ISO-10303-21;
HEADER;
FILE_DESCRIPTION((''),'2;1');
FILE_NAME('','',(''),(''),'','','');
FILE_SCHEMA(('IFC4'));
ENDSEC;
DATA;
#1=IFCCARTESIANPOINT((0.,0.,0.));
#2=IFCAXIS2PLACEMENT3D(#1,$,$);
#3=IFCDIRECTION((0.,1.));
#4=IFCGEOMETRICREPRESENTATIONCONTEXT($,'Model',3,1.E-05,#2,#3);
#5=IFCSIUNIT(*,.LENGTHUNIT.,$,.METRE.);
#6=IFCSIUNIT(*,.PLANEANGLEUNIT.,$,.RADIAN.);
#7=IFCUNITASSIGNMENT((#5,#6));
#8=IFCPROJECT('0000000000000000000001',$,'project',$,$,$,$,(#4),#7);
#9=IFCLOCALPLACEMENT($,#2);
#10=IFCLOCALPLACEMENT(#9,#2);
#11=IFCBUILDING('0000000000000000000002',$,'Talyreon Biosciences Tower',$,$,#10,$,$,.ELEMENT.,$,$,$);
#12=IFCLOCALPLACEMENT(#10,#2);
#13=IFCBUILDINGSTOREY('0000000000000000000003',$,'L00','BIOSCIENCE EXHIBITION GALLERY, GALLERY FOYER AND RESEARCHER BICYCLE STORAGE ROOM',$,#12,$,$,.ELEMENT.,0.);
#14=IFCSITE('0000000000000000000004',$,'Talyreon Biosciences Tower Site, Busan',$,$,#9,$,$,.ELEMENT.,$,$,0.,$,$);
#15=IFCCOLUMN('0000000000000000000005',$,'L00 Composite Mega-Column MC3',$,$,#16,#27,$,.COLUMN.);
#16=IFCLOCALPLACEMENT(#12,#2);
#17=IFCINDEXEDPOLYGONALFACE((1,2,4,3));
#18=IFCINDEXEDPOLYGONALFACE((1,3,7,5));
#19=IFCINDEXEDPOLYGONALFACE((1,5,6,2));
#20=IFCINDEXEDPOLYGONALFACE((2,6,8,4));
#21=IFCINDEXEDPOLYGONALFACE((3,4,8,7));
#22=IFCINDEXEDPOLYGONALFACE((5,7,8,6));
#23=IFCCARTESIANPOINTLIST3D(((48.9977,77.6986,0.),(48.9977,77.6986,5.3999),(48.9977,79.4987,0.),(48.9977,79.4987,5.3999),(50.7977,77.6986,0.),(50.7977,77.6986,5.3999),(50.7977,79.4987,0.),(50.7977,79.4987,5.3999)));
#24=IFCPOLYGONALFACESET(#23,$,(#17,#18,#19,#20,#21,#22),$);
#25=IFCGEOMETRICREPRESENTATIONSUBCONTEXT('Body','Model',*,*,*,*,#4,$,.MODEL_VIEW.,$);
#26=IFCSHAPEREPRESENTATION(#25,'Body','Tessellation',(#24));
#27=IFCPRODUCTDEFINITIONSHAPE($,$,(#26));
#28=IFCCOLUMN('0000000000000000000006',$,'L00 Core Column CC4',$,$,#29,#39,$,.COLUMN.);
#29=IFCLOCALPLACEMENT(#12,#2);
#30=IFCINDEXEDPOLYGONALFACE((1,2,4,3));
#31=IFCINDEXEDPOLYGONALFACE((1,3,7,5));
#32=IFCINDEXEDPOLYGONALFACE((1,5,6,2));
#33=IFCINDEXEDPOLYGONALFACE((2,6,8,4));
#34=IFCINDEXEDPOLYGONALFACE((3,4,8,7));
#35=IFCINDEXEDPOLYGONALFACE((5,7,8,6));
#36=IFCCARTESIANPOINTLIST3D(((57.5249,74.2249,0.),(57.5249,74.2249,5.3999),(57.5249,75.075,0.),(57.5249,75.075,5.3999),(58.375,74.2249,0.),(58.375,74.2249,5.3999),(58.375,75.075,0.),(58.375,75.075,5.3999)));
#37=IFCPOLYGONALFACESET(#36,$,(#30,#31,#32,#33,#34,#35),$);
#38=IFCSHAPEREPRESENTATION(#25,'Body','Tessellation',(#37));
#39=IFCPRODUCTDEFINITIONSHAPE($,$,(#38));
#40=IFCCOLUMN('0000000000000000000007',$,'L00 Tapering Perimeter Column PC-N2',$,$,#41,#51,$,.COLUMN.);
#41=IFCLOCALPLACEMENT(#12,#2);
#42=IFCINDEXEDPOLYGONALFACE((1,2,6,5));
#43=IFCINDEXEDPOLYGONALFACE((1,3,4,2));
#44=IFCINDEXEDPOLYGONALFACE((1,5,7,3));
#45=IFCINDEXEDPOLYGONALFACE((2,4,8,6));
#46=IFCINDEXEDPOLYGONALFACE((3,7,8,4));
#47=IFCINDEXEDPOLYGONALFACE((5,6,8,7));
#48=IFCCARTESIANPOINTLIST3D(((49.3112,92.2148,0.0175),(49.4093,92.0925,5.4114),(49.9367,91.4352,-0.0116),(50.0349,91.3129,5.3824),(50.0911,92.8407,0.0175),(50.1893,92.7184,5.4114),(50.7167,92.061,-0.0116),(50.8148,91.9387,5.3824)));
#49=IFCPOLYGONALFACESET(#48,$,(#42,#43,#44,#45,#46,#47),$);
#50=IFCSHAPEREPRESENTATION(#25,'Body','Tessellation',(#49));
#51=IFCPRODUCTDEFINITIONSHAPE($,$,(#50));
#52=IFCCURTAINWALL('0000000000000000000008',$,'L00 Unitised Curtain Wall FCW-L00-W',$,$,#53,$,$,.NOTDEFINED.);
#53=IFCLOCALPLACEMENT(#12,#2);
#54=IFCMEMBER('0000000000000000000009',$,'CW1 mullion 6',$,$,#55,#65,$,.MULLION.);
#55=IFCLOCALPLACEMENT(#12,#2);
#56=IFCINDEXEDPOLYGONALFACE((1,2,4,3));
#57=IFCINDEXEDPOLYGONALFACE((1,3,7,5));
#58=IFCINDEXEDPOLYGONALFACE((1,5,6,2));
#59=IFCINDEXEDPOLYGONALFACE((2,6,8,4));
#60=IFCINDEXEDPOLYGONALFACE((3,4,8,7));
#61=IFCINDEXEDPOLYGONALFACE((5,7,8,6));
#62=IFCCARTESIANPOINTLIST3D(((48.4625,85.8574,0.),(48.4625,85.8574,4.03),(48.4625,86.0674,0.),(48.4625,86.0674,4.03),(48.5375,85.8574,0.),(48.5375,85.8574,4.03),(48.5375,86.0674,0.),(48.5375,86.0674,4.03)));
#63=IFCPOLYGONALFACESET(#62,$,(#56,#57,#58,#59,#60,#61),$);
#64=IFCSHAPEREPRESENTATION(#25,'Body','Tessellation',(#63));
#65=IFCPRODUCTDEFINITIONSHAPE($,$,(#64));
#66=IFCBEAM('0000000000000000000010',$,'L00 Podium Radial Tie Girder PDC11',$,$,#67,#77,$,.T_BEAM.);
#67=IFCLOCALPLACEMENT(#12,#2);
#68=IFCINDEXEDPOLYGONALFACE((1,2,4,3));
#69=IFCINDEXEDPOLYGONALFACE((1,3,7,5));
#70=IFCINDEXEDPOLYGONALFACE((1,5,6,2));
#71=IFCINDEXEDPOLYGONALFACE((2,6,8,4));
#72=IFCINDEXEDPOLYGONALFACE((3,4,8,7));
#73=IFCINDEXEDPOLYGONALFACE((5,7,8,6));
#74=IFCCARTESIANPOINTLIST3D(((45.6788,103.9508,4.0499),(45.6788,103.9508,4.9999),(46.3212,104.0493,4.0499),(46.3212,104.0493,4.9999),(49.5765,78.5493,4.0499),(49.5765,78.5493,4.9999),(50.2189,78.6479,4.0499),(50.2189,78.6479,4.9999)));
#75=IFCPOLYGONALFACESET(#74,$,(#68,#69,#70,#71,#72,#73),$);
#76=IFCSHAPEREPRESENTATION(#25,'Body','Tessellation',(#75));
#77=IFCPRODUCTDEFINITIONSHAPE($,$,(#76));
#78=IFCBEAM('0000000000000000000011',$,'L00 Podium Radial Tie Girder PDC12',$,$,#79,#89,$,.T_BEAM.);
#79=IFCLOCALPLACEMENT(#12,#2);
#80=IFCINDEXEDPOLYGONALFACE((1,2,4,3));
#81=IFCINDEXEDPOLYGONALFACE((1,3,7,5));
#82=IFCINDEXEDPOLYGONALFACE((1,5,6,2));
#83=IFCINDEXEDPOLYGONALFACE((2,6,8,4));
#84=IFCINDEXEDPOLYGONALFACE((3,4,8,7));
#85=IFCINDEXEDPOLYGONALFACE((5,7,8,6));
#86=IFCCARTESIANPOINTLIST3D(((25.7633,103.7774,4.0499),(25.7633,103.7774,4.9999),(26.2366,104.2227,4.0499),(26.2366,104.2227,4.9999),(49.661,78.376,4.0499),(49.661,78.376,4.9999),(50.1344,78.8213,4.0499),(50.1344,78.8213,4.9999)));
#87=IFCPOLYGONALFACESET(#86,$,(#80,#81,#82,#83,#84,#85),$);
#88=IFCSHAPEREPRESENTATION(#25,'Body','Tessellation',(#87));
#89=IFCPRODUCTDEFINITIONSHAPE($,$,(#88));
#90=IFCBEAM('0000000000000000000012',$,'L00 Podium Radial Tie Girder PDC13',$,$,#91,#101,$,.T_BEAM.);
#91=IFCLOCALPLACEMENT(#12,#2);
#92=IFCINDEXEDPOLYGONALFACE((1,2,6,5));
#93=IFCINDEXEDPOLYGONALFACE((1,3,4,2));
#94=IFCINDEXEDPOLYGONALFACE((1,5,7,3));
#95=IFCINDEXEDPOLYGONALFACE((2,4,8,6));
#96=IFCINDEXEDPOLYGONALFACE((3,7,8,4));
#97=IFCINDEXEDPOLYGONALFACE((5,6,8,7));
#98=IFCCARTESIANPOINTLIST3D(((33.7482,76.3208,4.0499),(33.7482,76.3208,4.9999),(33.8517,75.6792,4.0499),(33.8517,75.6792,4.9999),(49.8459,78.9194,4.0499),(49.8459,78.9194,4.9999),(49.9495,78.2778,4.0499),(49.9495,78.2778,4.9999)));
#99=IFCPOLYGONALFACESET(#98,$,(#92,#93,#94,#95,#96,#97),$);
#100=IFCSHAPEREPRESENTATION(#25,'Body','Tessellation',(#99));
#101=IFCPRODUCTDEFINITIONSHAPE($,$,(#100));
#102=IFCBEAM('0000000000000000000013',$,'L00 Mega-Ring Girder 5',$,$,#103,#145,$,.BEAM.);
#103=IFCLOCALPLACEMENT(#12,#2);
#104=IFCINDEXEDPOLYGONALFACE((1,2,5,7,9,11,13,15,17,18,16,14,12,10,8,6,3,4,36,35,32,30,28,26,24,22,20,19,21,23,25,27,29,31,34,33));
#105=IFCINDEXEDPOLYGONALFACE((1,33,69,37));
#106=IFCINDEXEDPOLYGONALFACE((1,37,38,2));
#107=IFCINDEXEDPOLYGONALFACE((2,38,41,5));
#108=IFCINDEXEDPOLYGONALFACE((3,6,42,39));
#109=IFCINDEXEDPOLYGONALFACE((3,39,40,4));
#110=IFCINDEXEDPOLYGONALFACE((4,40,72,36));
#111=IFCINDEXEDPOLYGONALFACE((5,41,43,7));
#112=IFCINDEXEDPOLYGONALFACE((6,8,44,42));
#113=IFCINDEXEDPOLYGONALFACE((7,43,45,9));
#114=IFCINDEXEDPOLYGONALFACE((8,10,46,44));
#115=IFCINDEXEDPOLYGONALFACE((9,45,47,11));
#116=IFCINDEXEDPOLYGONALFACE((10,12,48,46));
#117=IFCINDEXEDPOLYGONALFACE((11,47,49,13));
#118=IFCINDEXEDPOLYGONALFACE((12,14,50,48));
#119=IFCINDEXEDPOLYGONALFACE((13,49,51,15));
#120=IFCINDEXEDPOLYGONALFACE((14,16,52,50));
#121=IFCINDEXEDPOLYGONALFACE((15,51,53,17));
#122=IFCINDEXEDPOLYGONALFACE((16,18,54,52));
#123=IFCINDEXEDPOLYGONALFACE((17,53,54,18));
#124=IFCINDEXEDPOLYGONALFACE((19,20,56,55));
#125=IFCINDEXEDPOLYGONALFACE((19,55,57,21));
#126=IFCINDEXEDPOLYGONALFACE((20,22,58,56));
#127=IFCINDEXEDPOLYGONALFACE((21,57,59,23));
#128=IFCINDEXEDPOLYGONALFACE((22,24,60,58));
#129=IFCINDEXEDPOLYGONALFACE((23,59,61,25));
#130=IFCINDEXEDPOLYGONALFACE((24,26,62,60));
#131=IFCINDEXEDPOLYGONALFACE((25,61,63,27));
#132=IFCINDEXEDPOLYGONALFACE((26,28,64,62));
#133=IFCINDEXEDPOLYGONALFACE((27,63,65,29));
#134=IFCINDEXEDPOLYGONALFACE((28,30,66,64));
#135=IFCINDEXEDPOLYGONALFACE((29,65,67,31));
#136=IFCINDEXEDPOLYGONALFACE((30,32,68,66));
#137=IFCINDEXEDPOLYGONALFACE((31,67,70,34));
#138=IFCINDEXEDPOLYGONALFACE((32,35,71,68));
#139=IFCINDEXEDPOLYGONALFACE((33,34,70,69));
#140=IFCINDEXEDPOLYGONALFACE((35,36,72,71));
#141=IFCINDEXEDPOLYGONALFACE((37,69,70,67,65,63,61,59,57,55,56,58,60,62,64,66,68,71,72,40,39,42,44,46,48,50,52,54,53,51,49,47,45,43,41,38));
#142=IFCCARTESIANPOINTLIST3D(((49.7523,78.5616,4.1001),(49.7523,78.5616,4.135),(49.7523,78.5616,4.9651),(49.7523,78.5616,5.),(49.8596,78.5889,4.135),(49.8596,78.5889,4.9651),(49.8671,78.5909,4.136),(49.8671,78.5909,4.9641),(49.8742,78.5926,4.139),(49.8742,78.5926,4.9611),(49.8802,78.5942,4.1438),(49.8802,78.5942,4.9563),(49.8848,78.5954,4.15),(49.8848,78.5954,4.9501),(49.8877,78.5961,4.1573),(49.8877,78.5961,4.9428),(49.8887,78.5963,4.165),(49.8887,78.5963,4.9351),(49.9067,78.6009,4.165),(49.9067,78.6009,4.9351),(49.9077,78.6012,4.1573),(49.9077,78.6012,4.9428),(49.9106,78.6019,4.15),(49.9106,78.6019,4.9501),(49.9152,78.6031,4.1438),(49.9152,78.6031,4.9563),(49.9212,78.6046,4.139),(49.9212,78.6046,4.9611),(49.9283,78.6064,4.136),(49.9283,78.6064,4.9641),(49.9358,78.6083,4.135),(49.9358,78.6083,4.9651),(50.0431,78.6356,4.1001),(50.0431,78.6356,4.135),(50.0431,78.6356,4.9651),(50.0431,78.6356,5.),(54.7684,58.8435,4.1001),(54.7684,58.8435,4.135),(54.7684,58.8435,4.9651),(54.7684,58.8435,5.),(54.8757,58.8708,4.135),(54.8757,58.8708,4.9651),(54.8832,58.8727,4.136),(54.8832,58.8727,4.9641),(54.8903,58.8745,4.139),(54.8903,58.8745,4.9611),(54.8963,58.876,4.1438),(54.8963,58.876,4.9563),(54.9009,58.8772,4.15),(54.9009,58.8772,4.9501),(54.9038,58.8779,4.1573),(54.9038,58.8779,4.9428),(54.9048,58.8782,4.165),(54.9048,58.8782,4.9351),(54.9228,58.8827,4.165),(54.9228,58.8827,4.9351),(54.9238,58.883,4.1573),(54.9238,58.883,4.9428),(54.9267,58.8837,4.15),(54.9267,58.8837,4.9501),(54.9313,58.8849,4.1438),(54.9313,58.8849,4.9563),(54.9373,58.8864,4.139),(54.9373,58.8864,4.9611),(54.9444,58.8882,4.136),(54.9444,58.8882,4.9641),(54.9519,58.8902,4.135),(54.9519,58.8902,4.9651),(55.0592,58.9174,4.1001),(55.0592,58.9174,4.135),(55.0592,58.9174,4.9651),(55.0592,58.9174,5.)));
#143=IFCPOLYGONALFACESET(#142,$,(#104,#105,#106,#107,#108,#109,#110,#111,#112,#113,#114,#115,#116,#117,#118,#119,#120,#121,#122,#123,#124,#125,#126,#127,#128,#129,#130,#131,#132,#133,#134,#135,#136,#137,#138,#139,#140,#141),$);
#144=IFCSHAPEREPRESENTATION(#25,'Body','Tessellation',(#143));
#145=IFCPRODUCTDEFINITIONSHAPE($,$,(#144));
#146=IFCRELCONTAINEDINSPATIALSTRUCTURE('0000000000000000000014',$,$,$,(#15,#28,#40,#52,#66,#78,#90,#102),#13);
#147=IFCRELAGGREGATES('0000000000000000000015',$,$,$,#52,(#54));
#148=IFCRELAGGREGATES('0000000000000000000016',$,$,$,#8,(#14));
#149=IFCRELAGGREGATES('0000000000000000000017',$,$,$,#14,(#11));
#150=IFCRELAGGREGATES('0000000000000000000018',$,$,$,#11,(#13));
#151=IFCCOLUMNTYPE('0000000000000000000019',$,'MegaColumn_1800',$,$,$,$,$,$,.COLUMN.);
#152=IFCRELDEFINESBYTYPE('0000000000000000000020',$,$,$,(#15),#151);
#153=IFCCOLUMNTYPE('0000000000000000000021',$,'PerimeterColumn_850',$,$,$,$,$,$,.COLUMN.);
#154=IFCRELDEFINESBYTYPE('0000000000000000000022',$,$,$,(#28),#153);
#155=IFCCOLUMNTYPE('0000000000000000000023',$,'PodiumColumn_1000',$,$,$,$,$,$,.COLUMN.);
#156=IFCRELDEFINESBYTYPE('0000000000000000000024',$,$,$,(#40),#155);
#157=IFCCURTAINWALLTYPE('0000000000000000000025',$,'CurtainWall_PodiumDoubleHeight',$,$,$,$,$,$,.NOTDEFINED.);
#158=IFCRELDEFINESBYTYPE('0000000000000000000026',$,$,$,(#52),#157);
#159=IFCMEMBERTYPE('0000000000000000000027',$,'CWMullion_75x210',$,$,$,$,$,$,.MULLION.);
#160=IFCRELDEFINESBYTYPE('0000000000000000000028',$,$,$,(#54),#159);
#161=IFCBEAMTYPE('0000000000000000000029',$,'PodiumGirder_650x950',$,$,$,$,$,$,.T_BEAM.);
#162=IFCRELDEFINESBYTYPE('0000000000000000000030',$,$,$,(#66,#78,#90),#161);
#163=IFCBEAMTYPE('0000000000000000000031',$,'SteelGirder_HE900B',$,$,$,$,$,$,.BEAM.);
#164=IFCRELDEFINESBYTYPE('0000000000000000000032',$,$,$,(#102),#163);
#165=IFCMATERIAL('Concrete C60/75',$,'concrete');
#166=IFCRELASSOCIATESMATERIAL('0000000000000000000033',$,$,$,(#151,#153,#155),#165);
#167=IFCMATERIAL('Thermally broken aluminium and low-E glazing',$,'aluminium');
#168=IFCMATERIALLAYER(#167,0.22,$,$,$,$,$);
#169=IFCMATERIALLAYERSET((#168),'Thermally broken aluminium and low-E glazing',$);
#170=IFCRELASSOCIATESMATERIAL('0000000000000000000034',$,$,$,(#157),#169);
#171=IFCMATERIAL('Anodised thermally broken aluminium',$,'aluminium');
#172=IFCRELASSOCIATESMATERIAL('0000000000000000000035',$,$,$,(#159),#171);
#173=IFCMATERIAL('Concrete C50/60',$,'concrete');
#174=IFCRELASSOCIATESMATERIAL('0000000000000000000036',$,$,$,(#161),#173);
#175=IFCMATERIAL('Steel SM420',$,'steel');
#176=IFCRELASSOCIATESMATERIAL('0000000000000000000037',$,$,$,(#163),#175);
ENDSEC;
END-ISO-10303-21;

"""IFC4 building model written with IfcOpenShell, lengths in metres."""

from ifc_helpers import new_model, si_unit, direction, frame, origin, origin_2d, place, context, subcontext, project, spatial, rectangle, i_section, extrude, material, layer, layer_set, material_profile, profile_set, type_object, element, aggregate, save


model = new_model("IFC4")

# Units and contexts
model_context = context("Model", 3, precision=1e-05, world=origin(), true_north=direction((0.0, 1.0)))
body_context = subcontext(model_context, "Body", "Model", "MODEL_VIEW")
ifc_project = project(units=[si_unit("LENGTHUNIT", "METRE"), si_unit("PLANEANGLEUNIT", "RADIAN")], contexts=[model_context])

# Site, building, storey
site_placement = place(None, origin())
site = spatial("IfcSite", under=ifc_project, at=site_placement, Name="Talyreon Biosciences Tower Site, Busan", CompositionType="ELEMENT", RefElevation=0.0)
building_placement = place(site_placement, origin())
building = spatial("IfcBuilding", under=site, at=building_placement, Name="Talyreon Biosciences Tower", CompositionType="ELEMENT")
storey_placement = place(building_placement, origin())
storey = spatial("IfcBuildingStorey", under=building, at=storey_placement, Name="L00", Description="BIOSCIENCE EXHIBITION GALLERY, GALLERY FOYER AND RESEARCHER BICYCLE STORAGE ROOM", CompositionType="ELEMENT", Elevation=0.0)

# Columns
ifc_material_1 = material(Name="Concrete C60/75", Category="concrete")
ifc_material_profile_1 = material_profile(ifc_material_1, rectangle(XDim=1.8, YDim=1.8, at=origin_2d()), Name="RC 1800x1800")
ifc_profile_set_1 = profile_set([ifc_material_profile_1], Name="Concrete C60/75")
column_type_1 = type_object("IfcColumnType", Name="MegaColumn_1800", PredefinedType="COLUMN", material=ifc_profile_set_1)
column_1_placement = place(storey_placement, frame((49.8977, 78.5986, 0.0), z_axis=(0.0, 0.0, 1.0), x_axis=(1.0, 0.0, 0.0)))
element("IfcColumn", 1, at=column_1_placement, inside=storey, type_object=column_type_1, Name="L00 Composite Mega-Column MC3", PredefinedType="COLUMN", context=body_context, shape_type="SweptSolid", body=[
    extrude(rectangle(XDim=1.8, YDim=1.8, at=origin_2d()), origin(), (0.0, 0.0, 1.0), 5.3999),
])
ifc_material_profile_2 = material_profile(ifc_material_1, rectangle(XDim=0.8501, YDim=0.8501, at=origin_2d()), Name="RC 850x850")
ifc_profile_set_2 = profile_set([ifc_material_profile_2], Name="Concrete C60/75")
column_type_2 = type_object("IfcColumnType", Name="PerimeterColumn_850", PredefinedType="COLUMN", material=ifc_profile_set_2)
column_2_placement = place(storey_placement, frame((57.95, 74.6499, 0.0), z_axis=(0.0, 0.0, 1.0), x_axis=(1.0, 0.0, 0.0)))
element("IfcColumn", 2, at=column_2_placement, inside=storey, type_object=column_type_2, Name="L00 Core Column CC4", PredefinedType="COLUMN", context=body_context, shape_type="SweptSolid", body=[
    extrude(rectangle(XDim=0.8501, YDim=0.8501, at=origin_2d()), origin(), (0.0, 0.0, 1.0), 5.3999),
])
ifc_material_profile_3 = material_profile(ifc_material_1, rectangle(XDim=1.0, YDim=1.0, at=origin_2d()), Name="RC 1000x1000")
ifc_profile_set_3 = profile_set([ifc_material_profile_3], Name="Concrete C60/75")
column_type_3 = type_object("IfcColumnType", Name="PodiumColumn_1000", PredefinedType="COLUMN", material=ifc_profile_set_3)
column_3_placement = place(storey_placement, frame((50.0139, 92.1379, 0.0029), z_axis=(0.018187, -0.022666, 0.999578), x_axis=(-0.779957, -0.625834, 0.0)))
element("IfcColumn", 3, at=column_3_placement, inside=storey, type_object=column_type_3, Name="L00 Tapering Perimeter Column PC-N2", PredefinedType="COLUMN", context=body_context, shape_type="SweptSolid", body=[
    extrude(rectangle(XDim=1.0, YDim=1.0, at=origin_2d()), origin(), (0.0, 0.0, 1.0), 5.3962),
])

# Curtain wall, member
ifc_material_2 = material(Name="Thermally broken aluminium and low-E glazing", Category="aluminium")
ifc_layer_1 = layer(ifc_material_2, 0.22)
ifc_layer_set_1 = layer_set([ifc_layer_1], Name="Thermally broken aluminium and low-E glazing")
curtain_wall_type = type_object("IfcCurtainWallType", Name="CurtainWall_PodiumDoubleHeight", PredefinedType="NOTDEFINED", material=ifc_layer_set_1)
curtain_wall_placement = place(storey_placement, origin())
curtain_wall = element("IfcCurtainWall", 4, at=curtain_wall_placement, inside=storey, type_object=curtain_wall_type, Name="L00 Unitised Curtain Wall FCW-L00-W", PredefinedType="NOTDEFINED")
ifc_material_3 = material(Name="Anodised thermally broken aluminium", Category="aluminium")
ifc_material_profile_4 = material_profile(ifc_material_3, rectangle(XDim=0.075, YDim=0.21, at=origin_2d()), Name="ALUM MULLION 75x210")
ifc_profile_set_4 = profile_set([ifc_material_profile_4], Name="Anodised thermally broken aluminium")
member_type = type_object("IfcMemberType", Name="CWMullion_75x210", PredefinedType="MULLION", material=ifc_profile_set_4)
member_placement = place(storey_placement, frame((48.5, 85.9624, 0.0), z_axis=(0.0, 0.0, 1.0), x_axis=(-1.0, 0.0, 0.0)))
member = element("IfcMember", 5, at=member_placement, type_object=member_type, Name="CW1 mullion 6", PredefinedType="MULLION", context=body_context, shape_type="SweptSolid", body=[
    extrude(rectangle(XDim=0.075, YDim=0.21, at=origin_2d()), origin(), (0.0, 0.0, 1.0), 4.03),
])
aggregate(curtain_wall, [member])

# Beams
ifc_material_4 = material(Name="Concrete C50/60", Category="concrete")
ifc_material_profile_5 = material_profile(ifc_material_4, rectangle(XDim=0.6499, YDim=0.95, at=origin_2d()), Name="RCB 650x950")
ifc_profile_set_5 = profile_set([ifc_material_profile_5], Name="Concrete C50/60")
beam_type_1 = type_object("IfcBeamType", Name="PodiumGirder_650x950", PredefinedType="T_BEAM", material=ifc_profile_set_5)
beam_1_placement = place(storey_placement, frame((49.8977, 78.5986, 4.5249), z_axis=(-0.15167, 0.988431, 0.0), x_axis=(-0.988431, -0.15167, 0.0)))
element("IfcBeam", 6, at=beam_1_placement, inside=storey, type_object=beam_type_1, Name="L00 Podium Radial Tie Girder PDC11", PredefinedType="T_BEAM", context=body_context, shape_type="SweptSolid", body=[
    extrude(rectangle(XDim=0.6499, YDim=0.95, at=origin_2d()), origin(), (0.0, 0.0, 1.0), 25.6987),
])
beam_2_placement = place(storey_placement, frame((49.8977, 78.5986, 4.5249), z_axis=(-0.685221, 0.728335, 0.0), x_axis=(-0.728335, -0.685221, 0.0)))
element("IfcBeam", 7, at=beam_2_placement, inside=storey, type_object=beam_type_1, Name="L00 Podium Radial Tie Girder PDC12", PredefinedType="T_BEAM", context=body_context, shape_type="SweptSolid", body=[
    extrude(rectangle(XDim=0.6499, YDim=0.95, at=origin_2d()), origin(), (0.0, 0.0, 1.0), 34.876),
])
beam_3_placement = place(storey_placement, frame((49.8977, 78.5986, 4.5249), z_axis=(-0.98722, -0.159366, 0.0), x_axis=(0.159366, -0.98722, 0.0)))
element("IfcBeam", 8, at=beam_3_placement, inside=storey, type_object=beam_type_1, Name="L00 Podium Radial Tie Girder PDC13", PredefinedType="T_BEAM", context=body_context, shape_type="SweptSolid", body=[
    extrude(rectangle(XDim=0.6499, YDim=0.95, at=origin_2d()), origin(), (0.0, 0.0, 1.0), 16.3062),
])
ifc_material_5 = material(Name="Steel SM420", Category="steel")
ifc_material_profile_6 = material_profile(ifc_material_5, i_section(OverallWidth=0.3, OverallDepth=0.8999, WebThickness=0.0186, FlangeThickness=0.0349, FilletRadius=0.03, at=origin_2d()), Name="HE900B")
ifc_profile_set_6 = profile_set([ifc_material_profile_6], Name="Steel SM420")
beam_type_2 = type_object("IfcBeamType", Name="SteelGirder_HE900B", PredefinedType="BEAM", material=ifc_profile_set_6)
beam_4_placement = place(storey_placement, frame((49.8977, 78.5986, 4.55), z_axis=(0.246537, -0.969133, 0.0), x_axis=(0.969133, 0.246537, 0.0)))
element("IfcBeam", 9, at=beam_4_placement, inside=storey, type_object=beam_type_2, Name="L00 Mega-Ring Girder 5", PredefinedType="BEAM", context=body_context, shape_type="SweptSolid", body=[
    extrude(i_section(OverallWidth=0.3, OverallDepth=0.8999, WebThickness=0.0186, FlangeThickness=0.0349, FilletRadius=0.03, at=origin_2d()), origin(), (0.0, 0.0, 1.0), 20.3462),
])

save(model, "model.ifc")
